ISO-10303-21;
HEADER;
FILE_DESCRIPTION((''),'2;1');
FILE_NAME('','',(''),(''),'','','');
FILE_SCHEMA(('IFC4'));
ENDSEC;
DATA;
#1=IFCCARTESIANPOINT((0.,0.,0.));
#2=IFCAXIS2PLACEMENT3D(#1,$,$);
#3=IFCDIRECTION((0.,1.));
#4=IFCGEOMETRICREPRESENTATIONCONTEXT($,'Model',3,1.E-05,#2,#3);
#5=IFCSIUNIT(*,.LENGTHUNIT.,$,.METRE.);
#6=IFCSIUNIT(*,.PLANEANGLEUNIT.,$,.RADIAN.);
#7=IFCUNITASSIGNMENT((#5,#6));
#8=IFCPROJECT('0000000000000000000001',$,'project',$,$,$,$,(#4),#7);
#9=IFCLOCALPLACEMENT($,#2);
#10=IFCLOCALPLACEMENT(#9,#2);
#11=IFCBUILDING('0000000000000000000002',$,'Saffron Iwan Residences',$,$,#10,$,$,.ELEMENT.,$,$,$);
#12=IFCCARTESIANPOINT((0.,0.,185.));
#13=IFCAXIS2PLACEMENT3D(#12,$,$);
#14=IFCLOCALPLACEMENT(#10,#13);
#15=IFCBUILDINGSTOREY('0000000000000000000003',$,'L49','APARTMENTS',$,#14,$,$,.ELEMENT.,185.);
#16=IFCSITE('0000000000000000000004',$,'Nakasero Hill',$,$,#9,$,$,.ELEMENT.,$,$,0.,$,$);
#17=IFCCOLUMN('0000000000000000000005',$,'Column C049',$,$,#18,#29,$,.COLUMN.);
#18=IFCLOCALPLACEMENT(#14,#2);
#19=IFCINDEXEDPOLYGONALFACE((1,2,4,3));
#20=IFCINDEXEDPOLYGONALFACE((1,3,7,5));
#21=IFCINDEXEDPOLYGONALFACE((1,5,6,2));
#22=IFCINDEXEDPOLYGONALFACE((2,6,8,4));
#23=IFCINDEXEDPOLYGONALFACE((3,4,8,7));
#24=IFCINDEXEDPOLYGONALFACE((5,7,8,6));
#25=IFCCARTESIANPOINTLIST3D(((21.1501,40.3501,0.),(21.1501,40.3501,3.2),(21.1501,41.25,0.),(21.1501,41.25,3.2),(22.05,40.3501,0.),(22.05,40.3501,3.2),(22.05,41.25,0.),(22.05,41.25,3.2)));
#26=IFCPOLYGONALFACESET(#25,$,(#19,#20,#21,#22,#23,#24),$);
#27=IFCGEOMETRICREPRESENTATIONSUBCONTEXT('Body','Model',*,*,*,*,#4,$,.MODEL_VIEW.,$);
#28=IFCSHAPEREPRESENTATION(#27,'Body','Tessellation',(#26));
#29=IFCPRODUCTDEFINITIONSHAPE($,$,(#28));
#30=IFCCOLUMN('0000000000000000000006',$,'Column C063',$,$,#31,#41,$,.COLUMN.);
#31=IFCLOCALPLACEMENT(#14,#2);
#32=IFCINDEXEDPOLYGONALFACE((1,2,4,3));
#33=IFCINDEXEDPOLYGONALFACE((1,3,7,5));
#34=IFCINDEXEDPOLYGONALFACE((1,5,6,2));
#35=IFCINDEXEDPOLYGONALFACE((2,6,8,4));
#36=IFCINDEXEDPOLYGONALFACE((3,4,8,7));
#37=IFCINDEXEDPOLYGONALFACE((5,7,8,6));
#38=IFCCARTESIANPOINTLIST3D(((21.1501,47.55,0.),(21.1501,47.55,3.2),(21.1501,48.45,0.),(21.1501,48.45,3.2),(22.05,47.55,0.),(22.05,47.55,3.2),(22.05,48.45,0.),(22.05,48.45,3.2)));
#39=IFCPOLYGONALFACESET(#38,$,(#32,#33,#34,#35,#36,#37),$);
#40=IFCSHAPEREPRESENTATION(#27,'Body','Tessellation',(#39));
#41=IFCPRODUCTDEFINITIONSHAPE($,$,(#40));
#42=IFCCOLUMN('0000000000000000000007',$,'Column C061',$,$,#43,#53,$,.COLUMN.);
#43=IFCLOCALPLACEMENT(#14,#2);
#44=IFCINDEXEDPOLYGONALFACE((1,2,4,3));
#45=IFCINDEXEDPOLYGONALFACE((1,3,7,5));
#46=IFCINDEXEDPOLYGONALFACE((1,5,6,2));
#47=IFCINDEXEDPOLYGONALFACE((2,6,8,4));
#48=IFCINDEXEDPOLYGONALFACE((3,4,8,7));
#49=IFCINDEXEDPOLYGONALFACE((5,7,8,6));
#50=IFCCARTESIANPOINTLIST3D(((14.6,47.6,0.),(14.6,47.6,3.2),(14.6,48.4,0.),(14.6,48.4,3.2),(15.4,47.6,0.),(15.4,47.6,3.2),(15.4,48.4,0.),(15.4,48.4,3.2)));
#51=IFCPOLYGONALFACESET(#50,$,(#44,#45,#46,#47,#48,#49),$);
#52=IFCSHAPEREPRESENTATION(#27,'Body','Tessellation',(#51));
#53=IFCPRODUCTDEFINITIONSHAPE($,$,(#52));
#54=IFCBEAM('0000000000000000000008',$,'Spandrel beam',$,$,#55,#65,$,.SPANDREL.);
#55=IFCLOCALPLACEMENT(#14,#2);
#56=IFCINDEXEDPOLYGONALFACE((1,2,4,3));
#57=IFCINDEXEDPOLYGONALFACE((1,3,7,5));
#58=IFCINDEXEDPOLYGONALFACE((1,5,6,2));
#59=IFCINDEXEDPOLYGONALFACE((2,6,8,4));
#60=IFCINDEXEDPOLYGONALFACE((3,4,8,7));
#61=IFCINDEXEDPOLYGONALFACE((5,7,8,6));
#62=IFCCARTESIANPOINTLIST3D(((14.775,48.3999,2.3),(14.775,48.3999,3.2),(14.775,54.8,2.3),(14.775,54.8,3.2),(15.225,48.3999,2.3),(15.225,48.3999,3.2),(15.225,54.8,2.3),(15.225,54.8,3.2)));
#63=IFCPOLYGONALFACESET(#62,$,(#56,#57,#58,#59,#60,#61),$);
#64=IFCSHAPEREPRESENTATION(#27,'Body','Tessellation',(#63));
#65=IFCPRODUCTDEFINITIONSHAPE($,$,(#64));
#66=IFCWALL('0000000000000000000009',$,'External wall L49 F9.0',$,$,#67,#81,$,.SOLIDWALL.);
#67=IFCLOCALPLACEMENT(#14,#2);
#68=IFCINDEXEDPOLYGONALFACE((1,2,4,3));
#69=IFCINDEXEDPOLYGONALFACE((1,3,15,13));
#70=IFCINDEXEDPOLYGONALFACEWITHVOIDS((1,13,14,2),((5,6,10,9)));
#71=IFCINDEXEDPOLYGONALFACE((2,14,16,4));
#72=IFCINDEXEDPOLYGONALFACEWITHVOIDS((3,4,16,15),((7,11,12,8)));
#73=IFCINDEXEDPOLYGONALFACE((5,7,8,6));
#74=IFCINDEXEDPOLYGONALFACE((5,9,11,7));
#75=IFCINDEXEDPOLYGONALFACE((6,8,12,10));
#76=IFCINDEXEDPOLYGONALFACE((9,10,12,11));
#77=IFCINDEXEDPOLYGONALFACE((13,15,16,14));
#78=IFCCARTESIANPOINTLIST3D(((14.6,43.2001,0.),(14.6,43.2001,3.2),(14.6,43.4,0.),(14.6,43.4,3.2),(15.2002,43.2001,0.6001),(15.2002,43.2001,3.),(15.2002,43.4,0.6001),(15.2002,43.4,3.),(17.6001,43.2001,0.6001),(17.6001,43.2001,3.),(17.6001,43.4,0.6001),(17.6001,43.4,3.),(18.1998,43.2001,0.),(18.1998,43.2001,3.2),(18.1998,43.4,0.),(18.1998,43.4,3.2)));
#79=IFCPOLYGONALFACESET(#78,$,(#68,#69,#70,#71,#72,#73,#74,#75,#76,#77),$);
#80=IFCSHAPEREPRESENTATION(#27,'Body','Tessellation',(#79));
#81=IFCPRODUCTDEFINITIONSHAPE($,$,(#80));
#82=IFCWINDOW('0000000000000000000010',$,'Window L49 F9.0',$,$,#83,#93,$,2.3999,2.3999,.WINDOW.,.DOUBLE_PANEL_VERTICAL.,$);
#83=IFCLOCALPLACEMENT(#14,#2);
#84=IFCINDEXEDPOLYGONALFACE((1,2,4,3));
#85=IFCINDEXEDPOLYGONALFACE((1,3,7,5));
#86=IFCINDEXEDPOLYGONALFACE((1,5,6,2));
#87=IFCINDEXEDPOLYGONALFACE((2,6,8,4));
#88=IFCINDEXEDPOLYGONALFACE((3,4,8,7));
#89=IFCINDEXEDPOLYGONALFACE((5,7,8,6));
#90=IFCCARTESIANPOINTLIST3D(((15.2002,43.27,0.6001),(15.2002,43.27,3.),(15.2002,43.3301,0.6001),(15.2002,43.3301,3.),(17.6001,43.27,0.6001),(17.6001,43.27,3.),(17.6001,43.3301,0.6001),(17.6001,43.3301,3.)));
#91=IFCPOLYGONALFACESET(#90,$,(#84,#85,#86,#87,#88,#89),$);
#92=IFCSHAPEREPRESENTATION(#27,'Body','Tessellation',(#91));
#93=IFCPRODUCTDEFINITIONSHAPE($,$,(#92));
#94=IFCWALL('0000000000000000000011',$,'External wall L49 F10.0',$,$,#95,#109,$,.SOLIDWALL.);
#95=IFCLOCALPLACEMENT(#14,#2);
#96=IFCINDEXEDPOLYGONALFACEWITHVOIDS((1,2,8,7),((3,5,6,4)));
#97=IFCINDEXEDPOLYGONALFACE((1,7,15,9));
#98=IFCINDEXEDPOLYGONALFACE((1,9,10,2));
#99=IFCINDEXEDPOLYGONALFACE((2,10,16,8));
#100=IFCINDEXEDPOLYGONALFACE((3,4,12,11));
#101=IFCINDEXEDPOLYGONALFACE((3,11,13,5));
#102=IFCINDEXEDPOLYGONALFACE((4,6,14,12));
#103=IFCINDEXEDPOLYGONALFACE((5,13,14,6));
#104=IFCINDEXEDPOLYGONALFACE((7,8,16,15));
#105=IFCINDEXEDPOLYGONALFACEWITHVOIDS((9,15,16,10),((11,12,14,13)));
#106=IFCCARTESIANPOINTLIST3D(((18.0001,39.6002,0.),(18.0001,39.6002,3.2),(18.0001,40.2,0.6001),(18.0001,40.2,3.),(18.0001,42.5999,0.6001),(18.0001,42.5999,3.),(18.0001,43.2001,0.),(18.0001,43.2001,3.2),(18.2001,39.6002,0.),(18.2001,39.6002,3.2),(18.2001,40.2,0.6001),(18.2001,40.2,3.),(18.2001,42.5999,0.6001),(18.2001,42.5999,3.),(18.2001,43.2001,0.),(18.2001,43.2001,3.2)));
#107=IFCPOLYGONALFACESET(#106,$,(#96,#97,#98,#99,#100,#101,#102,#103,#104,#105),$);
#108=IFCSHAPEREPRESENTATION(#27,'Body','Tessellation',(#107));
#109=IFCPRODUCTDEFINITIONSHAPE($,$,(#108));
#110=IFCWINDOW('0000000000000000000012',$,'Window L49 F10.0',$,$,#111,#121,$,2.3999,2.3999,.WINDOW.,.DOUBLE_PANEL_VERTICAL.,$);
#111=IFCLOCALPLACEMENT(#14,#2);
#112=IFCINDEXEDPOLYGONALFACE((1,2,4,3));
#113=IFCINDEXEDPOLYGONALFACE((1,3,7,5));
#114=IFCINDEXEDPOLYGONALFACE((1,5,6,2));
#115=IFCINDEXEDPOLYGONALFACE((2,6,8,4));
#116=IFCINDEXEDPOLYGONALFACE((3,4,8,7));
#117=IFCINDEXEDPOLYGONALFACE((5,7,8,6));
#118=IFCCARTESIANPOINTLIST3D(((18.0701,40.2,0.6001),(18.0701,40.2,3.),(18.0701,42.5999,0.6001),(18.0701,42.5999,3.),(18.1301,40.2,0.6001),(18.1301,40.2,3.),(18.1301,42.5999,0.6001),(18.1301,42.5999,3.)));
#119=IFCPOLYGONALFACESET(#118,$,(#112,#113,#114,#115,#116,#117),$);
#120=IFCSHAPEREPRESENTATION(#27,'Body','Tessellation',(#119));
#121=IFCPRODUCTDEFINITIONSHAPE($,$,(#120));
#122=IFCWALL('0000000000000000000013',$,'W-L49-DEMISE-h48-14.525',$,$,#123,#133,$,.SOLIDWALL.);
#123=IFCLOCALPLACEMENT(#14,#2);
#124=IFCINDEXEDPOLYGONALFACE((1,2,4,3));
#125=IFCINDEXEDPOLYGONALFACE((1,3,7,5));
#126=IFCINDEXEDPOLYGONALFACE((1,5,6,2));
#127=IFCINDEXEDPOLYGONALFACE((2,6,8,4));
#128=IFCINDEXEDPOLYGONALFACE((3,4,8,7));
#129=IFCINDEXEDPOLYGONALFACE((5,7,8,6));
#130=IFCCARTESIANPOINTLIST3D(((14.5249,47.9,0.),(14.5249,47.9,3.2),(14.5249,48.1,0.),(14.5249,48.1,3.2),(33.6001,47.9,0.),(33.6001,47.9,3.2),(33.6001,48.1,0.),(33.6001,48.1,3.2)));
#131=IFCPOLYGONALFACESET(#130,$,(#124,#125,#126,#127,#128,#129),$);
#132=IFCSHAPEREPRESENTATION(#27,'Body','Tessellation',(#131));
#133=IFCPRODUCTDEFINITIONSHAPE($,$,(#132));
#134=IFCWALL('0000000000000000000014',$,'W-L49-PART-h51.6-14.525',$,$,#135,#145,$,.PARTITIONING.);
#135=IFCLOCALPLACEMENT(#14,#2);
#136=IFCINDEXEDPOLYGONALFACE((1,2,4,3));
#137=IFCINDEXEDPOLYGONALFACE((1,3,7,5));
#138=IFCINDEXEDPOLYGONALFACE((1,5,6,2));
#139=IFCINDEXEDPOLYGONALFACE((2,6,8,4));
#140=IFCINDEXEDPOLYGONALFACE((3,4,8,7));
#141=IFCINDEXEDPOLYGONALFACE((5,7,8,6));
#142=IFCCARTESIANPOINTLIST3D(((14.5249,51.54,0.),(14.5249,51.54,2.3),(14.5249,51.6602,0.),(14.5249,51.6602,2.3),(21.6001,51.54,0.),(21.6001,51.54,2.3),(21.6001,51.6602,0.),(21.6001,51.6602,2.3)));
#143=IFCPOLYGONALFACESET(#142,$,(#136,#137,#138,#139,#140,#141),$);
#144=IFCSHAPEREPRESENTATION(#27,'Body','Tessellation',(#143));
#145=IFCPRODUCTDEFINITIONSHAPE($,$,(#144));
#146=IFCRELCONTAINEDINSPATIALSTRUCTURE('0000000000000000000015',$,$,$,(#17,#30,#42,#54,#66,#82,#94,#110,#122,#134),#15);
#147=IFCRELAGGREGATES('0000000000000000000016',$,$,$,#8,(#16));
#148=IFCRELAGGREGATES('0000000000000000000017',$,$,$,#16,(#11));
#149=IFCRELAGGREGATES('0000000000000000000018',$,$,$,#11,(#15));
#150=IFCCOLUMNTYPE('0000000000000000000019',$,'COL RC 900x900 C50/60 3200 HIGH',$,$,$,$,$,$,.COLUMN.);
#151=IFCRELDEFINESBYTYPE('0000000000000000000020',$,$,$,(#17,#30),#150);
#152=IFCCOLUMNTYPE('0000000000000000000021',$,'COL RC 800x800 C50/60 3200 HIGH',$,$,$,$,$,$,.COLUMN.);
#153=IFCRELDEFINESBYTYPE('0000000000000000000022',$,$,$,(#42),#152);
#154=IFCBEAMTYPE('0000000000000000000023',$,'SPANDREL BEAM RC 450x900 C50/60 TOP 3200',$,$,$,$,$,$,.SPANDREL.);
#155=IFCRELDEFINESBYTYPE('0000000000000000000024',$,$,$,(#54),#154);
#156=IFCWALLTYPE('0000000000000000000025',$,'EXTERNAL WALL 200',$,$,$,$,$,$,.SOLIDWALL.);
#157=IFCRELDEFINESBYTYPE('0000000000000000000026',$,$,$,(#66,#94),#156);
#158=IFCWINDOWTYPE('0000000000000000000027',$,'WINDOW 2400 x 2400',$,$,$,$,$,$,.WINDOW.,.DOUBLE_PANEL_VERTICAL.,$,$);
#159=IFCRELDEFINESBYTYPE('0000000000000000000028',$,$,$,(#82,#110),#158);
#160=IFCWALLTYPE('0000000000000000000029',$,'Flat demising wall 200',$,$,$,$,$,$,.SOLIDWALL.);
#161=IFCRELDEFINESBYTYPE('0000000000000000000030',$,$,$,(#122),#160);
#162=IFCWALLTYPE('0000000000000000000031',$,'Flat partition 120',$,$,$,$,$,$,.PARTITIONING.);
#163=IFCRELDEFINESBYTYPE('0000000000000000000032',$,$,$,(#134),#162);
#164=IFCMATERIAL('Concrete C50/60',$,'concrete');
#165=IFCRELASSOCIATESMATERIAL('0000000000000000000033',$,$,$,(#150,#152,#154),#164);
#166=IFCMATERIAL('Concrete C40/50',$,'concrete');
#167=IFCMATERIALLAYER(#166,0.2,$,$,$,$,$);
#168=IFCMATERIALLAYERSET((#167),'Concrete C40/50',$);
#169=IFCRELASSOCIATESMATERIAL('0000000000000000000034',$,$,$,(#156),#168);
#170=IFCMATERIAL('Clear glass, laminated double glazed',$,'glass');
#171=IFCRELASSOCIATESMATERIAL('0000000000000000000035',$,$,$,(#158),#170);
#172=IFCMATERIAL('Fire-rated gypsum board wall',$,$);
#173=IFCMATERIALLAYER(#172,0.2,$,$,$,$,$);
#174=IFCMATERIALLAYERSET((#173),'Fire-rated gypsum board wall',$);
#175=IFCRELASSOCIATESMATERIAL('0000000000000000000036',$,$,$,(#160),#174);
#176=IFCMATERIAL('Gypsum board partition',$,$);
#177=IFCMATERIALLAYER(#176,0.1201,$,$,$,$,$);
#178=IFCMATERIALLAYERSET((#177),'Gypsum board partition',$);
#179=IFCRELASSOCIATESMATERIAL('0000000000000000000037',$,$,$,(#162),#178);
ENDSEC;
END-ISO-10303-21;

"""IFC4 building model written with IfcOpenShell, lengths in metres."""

from ifc_helpers import new_model, si_unit, direction, frame, frame_2d, origin, origin_2d, place, context, subcontext, project, spatial, rectangle, extrude, source, transform, mapped, material, layer, layer_set, material_profile, profile_set, type_object, element, fill, save


model = new_model("IFC4")

# Units and contexts
model_context = context("Model", 3, precision=1e-05, world=origin(), true_north=direction((0.0, 1.0)))
body_context = subcontext(model_context, "Body", "Model", "MODEL_VIEW")
ifc_project = project(units=[si_unit("LENGTHUNIT", "METRE"), si_unit("PLANEANGLEUNIT", "RADIAN")], contexts=[model_context])

# Site, building, storey
site_placement = place(None, origin())
site = spatial("IfcSite", under=ifc_project, at=site_placement, Name="Nakasero Hill", CompositionType="ELEMENT", RefElevation=0.0)
building_placement = place(site_placement, origin())
building = spatial("IfcBuilding", under=site, at=building_placement, Name="Saffron Iwan Residences", CompositionType="ELEMENT")
storey_placement = place(building_placement, frame((0.0, 0.0, 185.0)))
storey = spatial("IfcBuildingStorey", under=building, at=storey_placement, Name="L49", Description="APARTMENTS", CompositionType="ELEMENT", Elevation=185.0)

# Columns
ifc_material_1 = material(Name="Concrete C50/60", Category="concrete")
ifc_material_profile_1 = material_profile(ifc_material_1, rectangle(XDim=0.8999, YDim=0.8999, at=origin_2d()), Name="RC 900x900")
ifc_profile_set_1 = profile_set([ifc_material_profile_1], Name="Concrete C50/60")
column_type_1 = type_object("IfcColumnType", Name="COL RC 900x900 C50/60 3200 HIGH", PredefinedType="COLUMN", material=ifc_profile_set_1)
shared_shape_1 = source(origin(), body_context, "Body", "SweptSolid", [
    extrude(rectangle(XDim=0.8999, YDim=0.8999, at=origin_2d()), origin(), (0.0, 0.0, 1.0), 3.2),
])
for number, where, z_axis, x_axis, name in (
    (1, (21.6001, 40.8, 0.0), (0.0, 0.0, 1.0), (1.0, 0.0, 0.0), "Column C049"),
    (2, (21.6001, 48.0, 0.0), (0.0, 0.0, 1.0), (1.0, 0.0, 0.0), "Column C063"),
):
    element("IfcColumn", number, at=place(storey_placement, frame(where, z_axis=z_axis, x_axis=x_axis)), inside=storey, type_object=column_type_1, Name=name, PredefinedType="COLUMN", context=body_context, shape_type="MappedRepresentation", body=[
        mapped(shared_shape_1, transform((0.0, 0.0, 0.0))),
    ])
ifc_material_profile_2 = material_profile(ifc_material_1, rectangle(XDim=0.8, YDim=0.8, at=origin_2d()), Name="RC 800x800")
ifc_profile_set_2 = profile_set([ifc_material_profile_2], Name="Concrete C50/60")
column_type_2 = type_object("IfcColumnType", Name="COL RC 800x800 C50/60 3200 HIGH", PredefinedType="COLUMN", material=ifc_profile_set_2)
shared_shape_2 = source(origin(), body_context, "Body", "SweptSolid", [
    extrude(rectangle(XDim=0.8, YDim=0.8, at=origin_2d()), origin(), (0.0, 0.0, 1.0), 3.2),
])
column_placement = place(storey_placement, frame((15.0, 48.0, 0.0), z_axis=(0.0, 0.0, 1.0), x_axis=(1.0, 0.0, 0.0)))
element("IfcColumn", 3, at=column_placement, inside=storey, type_object=column_type_2, Name="Column C061", PredefinedType="COLUMN", context=body_context, shape_type="MappedRepresentation", body=[
    mapped(shared_shape_2, transform((0.0, 0.0, 0.0))),
])

# Beam
ifc_material_profile_3 = material_profile(ifc_material_1, rectangle(XDim=0.45, YDim=0.8999, at=origin_2d()), Name="RC 450x900")
ifc_profile_set_3 = profile_set([ifc_material_profile_3], Name="Concrete C50/60")
beam_type = type_object("IfcBeamType", Name="SPANDREL BEAM RC 450x900 C50/60 TOP 3200", PredefinedType="SPANDREL", material=ifc_profile_set_3)
shared_shape_3 = source(origin(), body_context, "Body", "SweptSolid", [
    extrude(rectangle(XDim=0.45, YDim=0.8999, at=origin_2d()), origin(), (0.0, 0.0, 1.0), 6.4001),
])
beam_placement = place(storey_placement, frame((15.0, 48.3999, 2.75), z_axis=(0.0, 1.0, 0.0), x_axis=(-1.0, 0.0, 0.0)))
element("IfcBeam", 4, at=beam_placement, inside=storey, type_object=beam_type, Name="Spandrel beam", PredefinedType="SPANDREL", context=body_context, shape_type="MappedRepresentation", body=[
    mapped(shared_shape_3, transform((0.0, 0.0, 0.0))),
])

# Walls, openings, windows
ifc_material_2 = material(Name="Concrete C40/50", Category="concrete")
ifc_layer_1 = layer(ifc_material_2, 0.2)
ifc_layer_set_1 = layer_set([ifc_layer_1], Name="Concrete C40/50")
wall_type_1 = type_object("IfcWallType", Name="EXTERNAL WALL 200", PredefinedType="SOLIDWALL", material=ifc_layer_set_1)
wall_1_placement = place(storey_placement, frame((14.6001, 43.3, 0.0), z_axis=(0.0, 0.0, 1.0), x_axis=(1.0, 0.0, 0.0)))
wall_1 = element("IfcWall", 5, at=wall_1_placement, inside=storey, type_object=wall_type_1, Name="External wall L49 F9.0", PredefinedType="SOLIDWALL", context=body_context, shape_type="SweptSolid", body=[
    extrude(rectangle(XDim=3.5999, YDim=0.2, at=frame_2d((1.7998, 0.0))), origin(), (0.0, 0.0, 1.0), 3.2),
])
opening_1_placement = place(wall_1_placement, frame((0.6001, 0.0, 0.6001)))
opening_1 = element("IfcOpeningElement", 6, at=opening_1_placement, cuts=wall_1, PredefinedType="OPENING", context=body_context, shape_type="SweptSolid", body=[
    extrude(rectangle(XDim=2.3999, YDim=2.3999, at=frame_2d((1.2, 1.2))), frame((0.0, 0.1099, 0.0), z_axis=(0.0, -1.0, 0.0), x_axis=(1.0, 0.0, 0.0)), (0.0, 0.0, 1.0), 0.22),
])
ifc_material_3 = material(Name="Clear glass, laminated double glazed", Category="glass")
window_type = type_object("IfcWindowType", Name="WINDOW 2400 x 2400", PartitioningType="DOUBLE_PANEL_VERTICAL", PredefinedType="WINDOW", material=ifc_material_3)
window_1_placement = place(opening_1_placement, origin())
window_1 = element("IfcWindow", 7, at=window_1_placement, inside=storey, type_object=window_type, Name="Window L49 F9.0", OverallHeight=2.3999, OverallWidth=2.3999, PartitioningType="DOUBLE_PANEL_VERTICAL", PredefinedType="WINDOW", context=body_context, shape_type="SweptSolid", body=[
    extrude(rectangle(XDim=2.3999, YDim=2.3999, at=frame_2d((1.2, 1.2))), frame((0.0, 0.03, 0.0), z_axis=(0.0, -1.0, 0.0), x_axis=(1.0, 0.0, 0.0)), (0.0, 0.0, 1.0), 0.0601),
])
fill(opening_1, window_1)
wall_2_placement = place(storey_placement, frame((18.1001, 43.2, 0.0), z_axis=(0.0, 0.0, 1.0), x_axis=(0.0, -1.0, 0.0)))
wall_2 = element("IfcWall", 8, at=wall_2_placement, inside=storey, type_object=wall_type_1, Name="External wall L49 F10.0", PredefinedType="SOLIDWALL", context=body_context, shape_type="SweptSolid", body=[
    extrude(rectangle(XDim=3.5999, YDim=0.2, at=frame_2d((1.7998, 0.0))), origin(), (0.0, 0.0, 1.0), 3.2),
])
opening_2_placement = place(wall_2_placement, frame((0.6001, 0.0, 0.6001)))
opening_2 = element("IfcOpeningElement", 9, at=opening_2_placement, cuts=wall_2, PredefinedType="OPENING", context=body_context, shape_type="SweptSolid", body=[
    extrude(rectangle(XDim=2.3999, YDim=2.3999, at=frame_2d((1.2, 1.2))), frame((0.0, 0.1099, 0.0), z_axis=(0.0, -1.0, 0.0), x_axis=(1.0, 0.0, 0.0)), (0.0, 0.0, 1.0), 0.22),
])
window_2_placement = place(opening_2_placement, origin())
window_2 = element("IfcWindow", 10, at=window_2_placement, inside=storey, type_object=window_type, Name="Window L49 F10.0", OverallHeight=2.3999, OverallWidth=2.3999, PartitioningType="DOUBLE_PANEL_VERTICAL", PredefinedType="WINDOW", context=body_context, shape_type="SweptSolid", body=[
    extrude(rectangle(XDim=2.3999, YDim=2.3999, at=frame_2d((1.2, 1.2))), frame((0.0, 0.03, 0.0), z_axis=(0.0, -1.0, 0.0), x_axis=(1.0, 0.0, 0.0)), (0.0, 0.0, 1.0), 0.0601),
])
fill(opening_2, window_2)

# Walls
ifc_material_4 = material(Name="Fire-rated gypsum board wall")
ifc_layer_2 = layer(ifc_material_4, 0.2)
ifc_layer_set_2 = layer_set([ifc_layer_2], Name="Fire-rated gypsum board wall")
wall_type_2 = type_object("IfcWallType", Name="Flat demising wall 200", PredefinedType="SOLIDWALL", material=ifc_layer_set_2)
wall_3_placement = place(storey_placement, frame((14.5249, 48.0, 0.0), z_axis=(0.0, 0.0, 1.0), x_axis=(1.0, 0.0, 0.0)))
element("IfcWall", 11, at=wall_3_placement, inside=storey, type_object=wall_type_2, Name="W-L49-DEMISE-h48-14.525", PredefinedType="SOLIDWALL", context=body_context, shape_type="SweptSolid", body=[
    extrude(rectangle(XDim=19.0752, YDim=0.2, at=frame_2d((9.5376, 0.0))), origin(), (0.0, 0.0, 1.0), 3.2),
])
ifc_material_5 = material(Name="Gypsum board partition")
ifc_layer_3 = layer(ifc_material_5, 0.1201)
ifc_layer_set_3 = layer_set([ifc_layer_3], Name="Gypsum board partition")
wall_type_3 = type_object("IfcWallType", Name="Flat partition 120", PredefinedType="PARTITIONING", material=ifc_layer_set_3)
wall_4_placement = place(storey_placement, frame((14.5249, 51.6001, 0.0), z_axis=(0.0, 0.0, 1.0), x_axis=(1.0, 0.0, 0.0)))
element("IfcWall", 12, at=wall_4_placement, inside=storey, type_object=wall_type_3, Name="W-L49-PART-h51.6-14.525", PredefinedType="PARTITIONING", context=body_context, shape_type="SweptSolid", body=[
    extrude(rectangle(XDim=7.0752, YDim=0.1201, at=frame_2d((3.5376, 0.0))), origin(), (0.0, 0.0, 1.0), 2.3),
])

save(model, "model.ifc")
